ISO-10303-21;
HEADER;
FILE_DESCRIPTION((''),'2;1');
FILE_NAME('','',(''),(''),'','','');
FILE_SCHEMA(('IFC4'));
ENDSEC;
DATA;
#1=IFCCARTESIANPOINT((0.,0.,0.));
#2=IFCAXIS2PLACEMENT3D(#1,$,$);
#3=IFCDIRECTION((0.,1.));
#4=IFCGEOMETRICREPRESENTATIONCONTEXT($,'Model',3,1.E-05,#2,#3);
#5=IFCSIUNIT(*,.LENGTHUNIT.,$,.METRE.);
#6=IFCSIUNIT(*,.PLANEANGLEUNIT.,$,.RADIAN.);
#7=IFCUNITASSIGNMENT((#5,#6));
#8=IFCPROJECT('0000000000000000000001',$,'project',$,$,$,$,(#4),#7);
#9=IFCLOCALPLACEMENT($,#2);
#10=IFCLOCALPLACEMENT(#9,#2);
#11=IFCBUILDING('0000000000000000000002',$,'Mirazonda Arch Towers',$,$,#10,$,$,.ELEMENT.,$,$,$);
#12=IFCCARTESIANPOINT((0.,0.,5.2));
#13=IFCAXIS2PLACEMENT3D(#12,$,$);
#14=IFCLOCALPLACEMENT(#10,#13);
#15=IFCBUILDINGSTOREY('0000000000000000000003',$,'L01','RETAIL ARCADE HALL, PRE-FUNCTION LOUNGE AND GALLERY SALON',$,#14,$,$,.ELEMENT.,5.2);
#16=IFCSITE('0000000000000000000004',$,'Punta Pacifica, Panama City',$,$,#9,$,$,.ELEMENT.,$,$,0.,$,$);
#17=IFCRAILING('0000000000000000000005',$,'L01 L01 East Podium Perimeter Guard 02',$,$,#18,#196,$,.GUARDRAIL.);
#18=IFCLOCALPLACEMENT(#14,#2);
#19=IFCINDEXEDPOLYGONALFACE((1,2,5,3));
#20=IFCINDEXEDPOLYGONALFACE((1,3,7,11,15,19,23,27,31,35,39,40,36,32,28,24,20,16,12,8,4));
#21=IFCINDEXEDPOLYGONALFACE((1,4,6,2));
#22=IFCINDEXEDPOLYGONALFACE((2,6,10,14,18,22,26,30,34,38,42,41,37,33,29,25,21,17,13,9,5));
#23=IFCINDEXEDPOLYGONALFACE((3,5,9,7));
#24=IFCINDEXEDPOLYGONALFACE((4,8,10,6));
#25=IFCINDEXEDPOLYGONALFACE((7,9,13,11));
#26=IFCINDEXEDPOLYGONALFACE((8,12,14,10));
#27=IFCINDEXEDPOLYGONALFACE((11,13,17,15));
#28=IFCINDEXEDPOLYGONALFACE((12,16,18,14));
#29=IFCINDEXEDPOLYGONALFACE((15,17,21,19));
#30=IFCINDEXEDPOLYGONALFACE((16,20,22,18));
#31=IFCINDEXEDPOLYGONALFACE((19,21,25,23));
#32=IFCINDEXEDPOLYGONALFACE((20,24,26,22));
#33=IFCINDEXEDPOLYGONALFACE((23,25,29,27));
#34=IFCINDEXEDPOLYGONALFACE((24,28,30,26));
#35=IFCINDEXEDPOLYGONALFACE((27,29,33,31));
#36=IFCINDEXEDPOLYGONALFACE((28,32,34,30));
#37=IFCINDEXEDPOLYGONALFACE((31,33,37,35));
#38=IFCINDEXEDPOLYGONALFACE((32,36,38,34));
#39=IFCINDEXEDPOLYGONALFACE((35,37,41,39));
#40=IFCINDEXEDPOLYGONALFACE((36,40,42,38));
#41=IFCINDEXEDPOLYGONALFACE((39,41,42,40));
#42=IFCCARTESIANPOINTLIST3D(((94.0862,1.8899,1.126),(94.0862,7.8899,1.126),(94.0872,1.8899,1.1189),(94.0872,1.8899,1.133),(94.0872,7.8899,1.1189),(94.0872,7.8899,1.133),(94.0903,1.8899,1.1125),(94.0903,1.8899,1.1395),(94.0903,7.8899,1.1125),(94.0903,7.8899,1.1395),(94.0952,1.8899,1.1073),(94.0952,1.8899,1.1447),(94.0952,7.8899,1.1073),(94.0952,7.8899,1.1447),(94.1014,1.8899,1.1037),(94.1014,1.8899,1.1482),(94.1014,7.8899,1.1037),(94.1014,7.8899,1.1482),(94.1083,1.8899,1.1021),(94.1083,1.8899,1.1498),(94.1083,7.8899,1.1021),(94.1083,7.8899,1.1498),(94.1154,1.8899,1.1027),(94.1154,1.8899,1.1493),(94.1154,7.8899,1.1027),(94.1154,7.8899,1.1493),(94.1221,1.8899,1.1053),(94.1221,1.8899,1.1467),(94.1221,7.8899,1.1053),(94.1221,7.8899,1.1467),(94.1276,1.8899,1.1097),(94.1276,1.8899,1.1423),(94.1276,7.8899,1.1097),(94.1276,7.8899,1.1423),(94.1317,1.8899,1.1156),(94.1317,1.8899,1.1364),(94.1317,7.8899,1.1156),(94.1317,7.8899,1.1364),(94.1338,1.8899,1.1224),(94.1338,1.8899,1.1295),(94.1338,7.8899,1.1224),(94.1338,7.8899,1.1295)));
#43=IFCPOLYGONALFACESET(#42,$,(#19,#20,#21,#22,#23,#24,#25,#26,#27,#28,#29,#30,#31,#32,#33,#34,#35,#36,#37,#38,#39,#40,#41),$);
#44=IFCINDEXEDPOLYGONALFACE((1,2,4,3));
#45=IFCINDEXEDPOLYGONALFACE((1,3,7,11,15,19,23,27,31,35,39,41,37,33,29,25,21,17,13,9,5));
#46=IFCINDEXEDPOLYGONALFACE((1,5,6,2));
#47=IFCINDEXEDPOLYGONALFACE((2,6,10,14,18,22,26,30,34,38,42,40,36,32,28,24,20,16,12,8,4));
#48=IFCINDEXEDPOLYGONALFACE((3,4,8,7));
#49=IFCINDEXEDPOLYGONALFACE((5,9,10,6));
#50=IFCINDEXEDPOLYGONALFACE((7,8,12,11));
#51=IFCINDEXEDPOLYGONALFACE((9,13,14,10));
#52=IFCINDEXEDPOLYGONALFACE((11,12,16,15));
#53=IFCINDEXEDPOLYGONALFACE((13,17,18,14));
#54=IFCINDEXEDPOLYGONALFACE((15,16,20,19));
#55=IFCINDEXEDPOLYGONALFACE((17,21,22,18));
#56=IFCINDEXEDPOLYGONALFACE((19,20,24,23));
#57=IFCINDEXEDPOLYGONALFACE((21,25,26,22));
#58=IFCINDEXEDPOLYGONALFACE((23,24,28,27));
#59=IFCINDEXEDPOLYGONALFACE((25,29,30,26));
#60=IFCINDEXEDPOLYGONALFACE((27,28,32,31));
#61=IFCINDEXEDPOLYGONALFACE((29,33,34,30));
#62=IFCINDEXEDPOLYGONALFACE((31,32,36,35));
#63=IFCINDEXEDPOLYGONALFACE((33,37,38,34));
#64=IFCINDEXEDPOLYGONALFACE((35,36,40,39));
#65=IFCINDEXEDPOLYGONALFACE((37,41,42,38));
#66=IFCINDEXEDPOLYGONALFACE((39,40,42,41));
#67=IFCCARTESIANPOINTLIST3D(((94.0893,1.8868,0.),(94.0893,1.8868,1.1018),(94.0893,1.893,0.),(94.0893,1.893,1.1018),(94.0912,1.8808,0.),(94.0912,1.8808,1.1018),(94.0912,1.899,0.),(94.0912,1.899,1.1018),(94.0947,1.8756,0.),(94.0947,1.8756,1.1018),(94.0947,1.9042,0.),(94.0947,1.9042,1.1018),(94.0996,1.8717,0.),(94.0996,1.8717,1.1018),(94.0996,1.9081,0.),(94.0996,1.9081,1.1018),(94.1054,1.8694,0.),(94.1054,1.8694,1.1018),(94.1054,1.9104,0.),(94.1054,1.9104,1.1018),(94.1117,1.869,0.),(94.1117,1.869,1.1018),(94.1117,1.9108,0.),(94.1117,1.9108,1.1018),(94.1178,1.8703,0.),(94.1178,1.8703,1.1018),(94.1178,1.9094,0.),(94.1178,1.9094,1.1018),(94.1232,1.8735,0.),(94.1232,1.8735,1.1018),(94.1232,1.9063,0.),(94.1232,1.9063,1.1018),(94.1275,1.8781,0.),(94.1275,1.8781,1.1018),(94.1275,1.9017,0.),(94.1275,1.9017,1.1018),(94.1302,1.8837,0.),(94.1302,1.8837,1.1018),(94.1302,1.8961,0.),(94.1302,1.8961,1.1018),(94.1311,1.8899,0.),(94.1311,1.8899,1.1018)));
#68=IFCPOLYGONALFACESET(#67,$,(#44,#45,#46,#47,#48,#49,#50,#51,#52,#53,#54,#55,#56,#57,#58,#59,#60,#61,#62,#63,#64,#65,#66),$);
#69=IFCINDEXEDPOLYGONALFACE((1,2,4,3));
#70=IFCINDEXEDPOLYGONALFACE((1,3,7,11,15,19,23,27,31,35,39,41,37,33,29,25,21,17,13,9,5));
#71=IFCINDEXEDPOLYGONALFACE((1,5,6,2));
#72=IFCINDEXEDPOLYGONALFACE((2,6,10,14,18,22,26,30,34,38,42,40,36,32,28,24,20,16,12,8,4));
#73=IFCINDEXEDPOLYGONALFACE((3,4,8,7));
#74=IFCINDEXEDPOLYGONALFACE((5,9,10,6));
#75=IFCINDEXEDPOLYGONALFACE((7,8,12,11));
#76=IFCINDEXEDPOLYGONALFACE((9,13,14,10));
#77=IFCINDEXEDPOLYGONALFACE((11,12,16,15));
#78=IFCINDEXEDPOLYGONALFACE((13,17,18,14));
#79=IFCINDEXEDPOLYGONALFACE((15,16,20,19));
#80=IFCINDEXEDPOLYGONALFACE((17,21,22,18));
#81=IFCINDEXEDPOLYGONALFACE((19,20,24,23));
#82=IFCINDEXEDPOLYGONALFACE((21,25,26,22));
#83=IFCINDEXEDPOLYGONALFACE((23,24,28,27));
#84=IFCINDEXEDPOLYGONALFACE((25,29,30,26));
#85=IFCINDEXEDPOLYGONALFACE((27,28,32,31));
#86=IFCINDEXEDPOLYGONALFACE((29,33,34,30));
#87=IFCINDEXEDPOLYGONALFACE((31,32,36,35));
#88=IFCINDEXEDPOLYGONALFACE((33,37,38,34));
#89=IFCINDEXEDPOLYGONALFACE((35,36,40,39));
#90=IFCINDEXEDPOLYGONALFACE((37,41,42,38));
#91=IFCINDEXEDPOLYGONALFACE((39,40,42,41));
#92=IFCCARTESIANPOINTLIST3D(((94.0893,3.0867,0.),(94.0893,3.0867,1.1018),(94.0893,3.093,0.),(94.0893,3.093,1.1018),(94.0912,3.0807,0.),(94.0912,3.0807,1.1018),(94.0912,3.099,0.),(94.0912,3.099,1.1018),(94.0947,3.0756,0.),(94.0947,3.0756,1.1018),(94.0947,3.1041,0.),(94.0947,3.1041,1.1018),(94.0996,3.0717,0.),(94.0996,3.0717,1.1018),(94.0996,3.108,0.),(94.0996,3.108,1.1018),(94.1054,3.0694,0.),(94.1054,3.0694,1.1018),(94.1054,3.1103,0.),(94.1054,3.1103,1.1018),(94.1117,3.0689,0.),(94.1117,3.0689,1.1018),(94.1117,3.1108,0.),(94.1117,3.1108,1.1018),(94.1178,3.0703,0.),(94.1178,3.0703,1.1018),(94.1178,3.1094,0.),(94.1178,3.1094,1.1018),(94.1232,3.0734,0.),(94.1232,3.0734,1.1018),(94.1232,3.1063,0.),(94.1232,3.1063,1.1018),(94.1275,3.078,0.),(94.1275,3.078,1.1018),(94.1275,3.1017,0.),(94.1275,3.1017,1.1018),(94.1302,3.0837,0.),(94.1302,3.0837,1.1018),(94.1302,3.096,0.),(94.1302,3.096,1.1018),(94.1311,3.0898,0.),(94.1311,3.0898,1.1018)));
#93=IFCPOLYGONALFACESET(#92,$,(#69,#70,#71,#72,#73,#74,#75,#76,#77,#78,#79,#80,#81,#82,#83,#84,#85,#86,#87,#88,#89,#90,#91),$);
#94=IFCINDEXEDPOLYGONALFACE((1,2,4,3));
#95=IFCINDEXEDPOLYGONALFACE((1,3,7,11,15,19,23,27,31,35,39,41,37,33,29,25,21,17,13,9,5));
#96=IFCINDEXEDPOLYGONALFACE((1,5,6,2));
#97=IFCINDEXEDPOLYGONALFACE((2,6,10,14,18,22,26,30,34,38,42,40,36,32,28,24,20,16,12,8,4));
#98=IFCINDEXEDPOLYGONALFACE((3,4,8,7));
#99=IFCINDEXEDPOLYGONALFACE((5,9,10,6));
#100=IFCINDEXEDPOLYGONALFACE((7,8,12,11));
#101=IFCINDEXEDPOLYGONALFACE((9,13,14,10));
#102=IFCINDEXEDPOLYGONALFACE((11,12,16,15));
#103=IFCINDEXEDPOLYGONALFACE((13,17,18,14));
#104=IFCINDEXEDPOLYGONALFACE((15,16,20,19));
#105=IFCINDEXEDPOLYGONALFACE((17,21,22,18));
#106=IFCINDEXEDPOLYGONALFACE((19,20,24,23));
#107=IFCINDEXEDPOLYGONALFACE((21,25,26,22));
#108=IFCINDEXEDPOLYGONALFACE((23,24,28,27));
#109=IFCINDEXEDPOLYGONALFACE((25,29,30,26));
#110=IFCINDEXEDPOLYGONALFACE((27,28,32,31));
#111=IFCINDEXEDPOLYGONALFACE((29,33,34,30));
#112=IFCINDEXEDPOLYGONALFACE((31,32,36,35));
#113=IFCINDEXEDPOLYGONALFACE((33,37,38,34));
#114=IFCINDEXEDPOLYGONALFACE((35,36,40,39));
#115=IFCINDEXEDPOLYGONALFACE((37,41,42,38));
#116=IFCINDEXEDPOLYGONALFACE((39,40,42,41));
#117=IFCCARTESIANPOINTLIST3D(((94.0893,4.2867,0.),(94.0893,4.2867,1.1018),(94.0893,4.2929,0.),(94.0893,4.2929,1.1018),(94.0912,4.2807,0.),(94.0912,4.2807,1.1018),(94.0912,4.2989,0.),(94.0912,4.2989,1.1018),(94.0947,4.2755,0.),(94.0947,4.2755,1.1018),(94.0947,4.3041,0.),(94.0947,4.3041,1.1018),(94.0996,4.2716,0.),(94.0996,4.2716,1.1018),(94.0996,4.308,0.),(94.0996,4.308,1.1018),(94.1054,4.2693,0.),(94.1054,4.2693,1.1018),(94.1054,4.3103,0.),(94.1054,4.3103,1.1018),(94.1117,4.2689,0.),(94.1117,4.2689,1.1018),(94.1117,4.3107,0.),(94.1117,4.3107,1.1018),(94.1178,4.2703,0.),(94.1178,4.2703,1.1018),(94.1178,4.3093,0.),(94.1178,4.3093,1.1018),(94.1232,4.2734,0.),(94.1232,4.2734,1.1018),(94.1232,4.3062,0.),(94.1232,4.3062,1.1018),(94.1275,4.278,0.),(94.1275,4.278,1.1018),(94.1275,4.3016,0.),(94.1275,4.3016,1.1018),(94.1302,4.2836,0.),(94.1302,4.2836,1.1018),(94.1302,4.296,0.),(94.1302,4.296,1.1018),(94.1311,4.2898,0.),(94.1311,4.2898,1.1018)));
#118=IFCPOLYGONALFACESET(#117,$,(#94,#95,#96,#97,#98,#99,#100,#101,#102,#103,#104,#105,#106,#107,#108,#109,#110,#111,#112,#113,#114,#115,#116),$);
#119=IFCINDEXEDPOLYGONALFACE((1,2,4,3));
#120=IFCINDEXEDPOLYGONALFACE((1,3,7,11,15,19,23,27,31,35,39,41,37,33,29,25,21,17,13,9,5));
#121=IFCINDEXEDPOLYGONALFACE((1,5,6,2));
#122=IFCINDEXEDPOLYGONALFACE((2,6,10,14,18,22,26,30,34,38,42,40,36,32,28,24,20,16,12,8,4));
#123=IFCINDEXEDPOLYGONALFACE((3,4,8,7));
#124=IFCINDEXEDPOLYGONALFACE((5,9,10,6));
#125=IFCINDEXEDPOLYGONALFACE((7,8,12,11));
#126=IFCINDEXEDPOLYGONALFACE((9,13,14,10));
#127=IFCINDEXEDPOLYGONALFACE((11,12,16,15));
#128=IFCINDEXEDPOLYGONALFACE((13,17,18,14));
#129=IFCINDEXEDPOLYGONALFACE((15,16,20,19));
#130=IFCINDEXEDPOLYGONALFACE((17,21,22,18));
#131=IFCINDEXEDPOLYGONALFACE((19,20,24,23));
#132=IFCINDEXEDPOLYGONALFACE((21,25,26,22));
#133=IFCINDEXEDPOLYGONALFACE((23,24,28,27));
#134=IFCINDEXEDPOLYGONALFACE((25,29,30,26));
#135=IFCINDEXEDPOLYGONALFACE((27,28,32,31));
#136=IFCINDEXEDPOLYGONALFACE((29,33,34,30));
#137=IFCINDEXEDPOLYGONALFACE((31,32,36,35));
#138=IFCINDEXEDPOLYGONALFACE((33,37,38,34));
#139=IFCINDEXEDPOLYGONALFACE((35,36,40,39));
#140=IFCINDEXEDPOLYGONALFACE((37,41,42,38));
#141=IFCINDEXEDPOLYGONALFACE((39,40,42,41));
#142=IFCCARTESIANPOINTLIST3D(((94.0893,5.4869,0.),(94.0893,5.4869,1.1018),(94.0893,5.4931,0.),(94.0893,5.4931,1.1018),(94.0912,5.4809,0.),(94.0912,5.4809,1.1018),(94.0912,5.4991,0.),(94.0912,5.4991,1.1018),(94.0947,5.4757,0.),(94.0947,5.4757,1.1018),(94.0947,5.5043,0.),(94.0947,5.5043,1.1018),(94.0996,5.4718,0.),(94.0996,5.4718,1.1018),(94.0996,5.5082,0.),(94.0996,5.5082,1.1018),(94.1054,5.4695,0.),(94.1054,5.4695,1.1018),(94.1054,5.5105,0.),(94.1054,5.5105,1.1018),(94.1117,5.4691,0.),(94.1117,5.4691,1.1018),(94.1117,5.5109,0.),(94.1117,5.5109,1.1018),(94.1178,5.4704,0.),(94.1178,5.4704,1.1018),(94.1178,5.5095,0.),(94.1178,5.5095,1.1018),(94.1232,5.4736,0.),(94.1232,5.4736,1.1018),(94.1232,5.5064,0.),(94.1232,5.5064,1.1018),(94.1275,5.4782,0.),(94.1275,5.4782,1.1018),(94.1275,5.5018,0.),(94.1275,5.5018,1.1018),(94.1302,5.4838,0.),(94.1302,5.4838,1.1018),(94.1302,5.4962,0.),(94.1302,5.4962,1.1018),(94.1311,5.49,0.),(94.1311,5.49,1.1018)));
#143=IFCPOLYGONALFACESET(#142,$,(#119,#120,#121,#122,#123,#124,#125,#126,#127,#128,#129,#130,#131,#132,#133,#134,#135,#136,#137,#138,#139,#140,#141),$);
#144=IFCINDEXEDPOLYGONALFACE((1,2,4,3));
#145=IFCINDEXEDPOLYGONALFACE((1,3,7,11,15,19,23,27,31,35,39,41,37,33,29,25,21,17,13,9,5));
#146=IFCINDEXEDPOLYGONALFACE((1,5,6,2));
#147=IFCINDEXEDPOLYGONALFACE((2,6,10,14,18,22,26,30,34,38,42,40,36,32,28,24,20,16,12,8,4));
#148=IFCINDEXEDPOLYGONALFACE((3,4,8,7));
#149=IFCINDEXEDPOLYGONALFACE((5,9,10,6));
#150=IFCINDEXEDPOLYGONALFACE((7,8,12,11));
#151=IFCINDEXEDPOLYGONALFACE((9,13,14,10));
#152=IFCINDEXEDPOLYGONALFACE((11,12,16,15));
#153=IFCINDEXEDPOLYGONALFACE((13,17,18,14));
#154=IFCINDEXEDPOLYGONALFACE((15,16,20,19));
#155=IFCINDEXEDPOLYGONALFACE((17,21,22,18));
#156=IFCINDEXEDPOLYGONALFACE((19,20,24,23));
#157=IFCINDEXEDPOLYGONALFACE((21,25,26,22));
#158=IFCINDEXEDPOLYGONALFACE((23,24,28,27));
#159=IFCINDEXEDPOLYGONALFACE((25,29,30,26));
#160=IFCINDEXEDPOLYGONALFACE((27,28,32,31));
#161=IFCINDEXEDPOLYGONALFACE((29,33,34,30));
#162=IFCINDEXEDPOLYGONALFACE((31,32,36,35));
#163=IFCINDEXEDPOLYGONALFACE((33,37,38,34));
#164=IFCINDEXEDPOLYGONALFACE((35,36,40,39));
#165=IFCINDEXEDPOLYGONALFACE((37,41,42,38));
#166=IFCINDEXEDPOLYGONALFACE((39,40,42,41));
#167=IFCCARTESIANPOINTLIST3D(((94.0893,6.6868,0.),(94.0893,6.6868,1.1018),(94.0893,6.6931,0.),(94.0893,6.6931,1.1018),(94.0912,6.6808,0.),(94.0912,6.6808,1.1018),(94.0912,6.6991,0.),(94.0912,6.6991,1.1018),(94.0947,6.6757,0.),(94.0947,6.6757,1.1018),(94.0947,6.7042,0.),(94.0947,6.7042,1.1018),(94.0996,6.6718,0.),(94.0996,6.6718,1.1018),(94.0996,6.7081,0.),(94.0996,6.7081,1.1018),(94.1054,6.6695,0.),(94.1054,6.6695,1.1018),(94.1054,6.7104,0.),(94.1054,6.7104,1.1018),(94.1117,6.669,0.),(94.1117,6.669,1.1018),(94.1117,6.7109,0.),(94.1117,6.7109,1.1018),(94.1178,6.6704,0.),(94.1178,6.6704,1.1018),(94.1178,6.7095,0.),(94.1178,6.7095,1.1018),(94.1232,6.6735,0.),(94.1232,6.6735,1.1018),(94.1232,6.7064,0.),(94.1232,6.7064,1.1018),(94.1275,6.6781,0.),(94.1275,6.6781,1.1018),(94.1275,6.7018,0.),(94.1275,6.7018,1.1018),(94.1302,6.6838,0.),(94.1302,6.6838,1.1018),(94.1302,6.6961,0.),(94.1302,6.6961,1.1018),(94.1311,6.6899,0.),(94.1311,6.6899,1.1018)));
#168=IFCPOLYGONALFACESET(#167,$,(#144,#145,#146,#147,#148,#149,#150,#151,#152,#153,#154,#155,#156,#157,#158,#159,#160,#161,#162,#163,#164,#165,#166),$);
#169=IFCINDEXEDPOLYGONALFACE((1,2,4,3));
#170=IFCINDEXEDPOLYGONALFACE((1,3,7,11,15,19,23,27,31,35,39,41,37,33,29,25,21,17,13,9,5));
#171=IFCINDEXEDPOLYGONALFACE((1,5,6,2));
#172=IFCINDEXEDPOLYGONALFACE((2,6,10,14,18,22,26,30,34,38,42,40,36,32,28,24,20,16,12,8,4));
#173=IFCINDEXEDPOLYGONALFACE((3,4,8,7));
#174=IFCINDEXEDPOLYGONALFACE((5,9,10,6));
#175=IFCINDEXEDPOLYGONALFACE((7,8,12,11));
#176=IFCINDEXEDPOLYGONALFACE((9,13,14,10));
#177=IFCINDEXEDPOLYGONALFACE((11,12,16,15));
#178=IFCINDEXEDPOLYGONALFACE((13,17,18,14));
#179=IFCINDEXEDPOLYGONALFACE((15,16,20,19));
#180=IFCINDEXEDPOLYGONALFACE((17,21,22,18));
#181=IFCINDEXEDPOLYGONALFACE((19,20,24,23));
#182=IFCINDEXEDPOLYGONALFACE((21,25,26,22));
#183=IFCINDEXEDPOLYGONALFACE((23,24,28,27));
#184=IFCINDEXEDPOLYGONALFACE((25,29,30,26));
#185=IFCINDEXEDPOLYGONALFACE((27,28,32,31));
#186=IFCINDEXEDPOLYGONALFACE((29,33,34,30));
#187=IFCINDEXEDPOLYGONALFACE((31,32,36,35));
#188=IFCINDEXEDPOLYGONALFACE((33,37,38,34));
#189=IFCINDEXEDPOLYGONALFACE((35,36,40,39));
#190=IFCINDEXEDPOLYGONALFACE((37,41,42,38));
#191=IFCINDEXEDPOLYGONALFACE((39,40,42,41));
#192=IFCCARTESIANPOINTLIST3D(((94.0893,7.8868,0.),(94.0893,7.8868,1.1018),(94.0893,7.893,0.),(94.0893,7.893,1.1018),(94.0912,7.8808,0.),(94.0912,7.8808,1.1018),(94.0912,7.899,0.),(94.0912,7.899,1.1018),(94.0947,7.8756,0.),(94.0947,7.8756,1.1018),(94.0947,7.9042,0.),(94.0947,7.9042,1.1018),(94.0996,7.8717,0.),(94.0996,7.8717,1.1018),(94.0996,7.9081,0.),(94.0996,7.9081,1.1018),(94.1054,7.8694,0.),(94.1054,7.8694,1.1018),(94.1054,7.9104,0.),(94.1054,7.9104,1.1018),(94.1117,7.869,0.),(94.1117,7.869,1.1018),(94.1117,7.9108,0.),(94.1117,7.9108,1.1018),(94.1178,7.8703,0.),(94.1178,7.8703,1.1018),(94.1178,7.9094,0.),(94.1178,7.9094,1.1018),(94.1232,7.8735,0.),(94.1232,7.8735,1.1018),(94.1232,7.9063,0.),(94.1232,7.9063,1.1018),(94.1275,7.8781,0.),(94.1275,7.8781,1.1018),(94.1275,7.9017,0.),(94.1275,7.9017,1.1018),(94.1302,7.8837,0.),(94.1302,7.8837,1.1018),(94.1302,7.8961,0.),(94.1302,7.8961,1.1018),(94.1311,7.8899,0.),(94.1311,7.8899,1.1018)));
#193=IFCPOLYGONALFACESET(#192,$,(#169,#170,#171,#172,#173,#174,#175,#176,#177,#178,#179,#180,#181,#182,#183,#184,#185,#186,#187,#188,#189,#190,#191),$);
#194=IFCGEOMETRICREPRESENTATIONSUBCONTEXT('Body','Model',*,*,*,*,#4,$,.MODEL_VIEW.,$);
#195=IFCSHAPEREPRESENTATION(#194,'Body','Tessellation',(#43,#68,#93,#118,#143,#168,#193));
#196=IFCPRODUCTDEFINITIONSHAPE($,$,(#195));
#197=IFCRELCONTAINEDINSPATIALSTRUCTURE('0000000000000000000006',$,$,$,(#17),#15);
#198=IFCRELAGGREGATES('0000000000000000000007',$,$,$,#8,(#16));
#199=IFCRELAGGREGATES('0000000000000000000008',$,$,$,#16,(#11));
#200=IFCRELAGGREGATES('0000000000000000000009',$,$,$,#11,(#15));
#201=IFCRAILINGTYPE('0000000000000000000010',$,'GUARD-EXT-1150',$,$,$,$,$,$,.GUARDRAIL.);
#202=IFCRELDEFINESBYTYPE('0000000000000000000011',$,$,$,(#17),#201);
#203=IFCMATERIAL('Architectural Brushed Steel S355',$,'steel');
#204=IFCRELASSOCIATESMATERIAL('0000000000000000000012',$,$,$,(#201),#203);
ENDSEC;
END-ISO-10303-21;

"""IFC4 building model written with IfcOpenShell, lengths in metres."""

from ifc_helpers import new_model, si_unit, direction, frame, origin, origin_2d, place, context, subcontext, project, spatial, circle, extrude, material, type_object, element, save


model = new_model("IFC4")

# Units and contexts
model_context = context("Model", 3, precision=1e-05, world=origin(), true_north=direction((0.0, 1.0)))
body_context = subcontext(model_context, "Body", "Model", "MODEL_VIEW")
ifc_project = project(units=[si_unit("LENGTHUNIT", "METRE"), si_unit("PLANEANGLEUNIT", "RADIAN")], contexts=[model_context])

# Site, building, storey
site_placement = place(None, origin())
site = spatial("IfcSite", under=ifc_project, at=site_placement, Name="Punta Pacifica, Panama City", CompositionType="ELEMENT", RefElevation=0.0)
building_placement = place(site_placement, origin())
building = spatial("IfcBuilding", under=site, at=building_placement, Name="Mirazonda Arch Towers", CompositionType="ELEMENT")
storey_placement = place(building_placement, frame((0.0, 0.0, 5.2)))
storey = spatial("IfcBuildingStorey", under=building, at=storey_placement, Name="L01", Description="RETAIL ARCADE HALL, PRE-FUNCTION LOUNGE AND GALLERY SALON", CompositionType="ELEMENT", Elevation=5.2)

# Railing
ifc_material_1 = material(Name="Architectural Brushed Steel S355", Category="steel")
railing_type = type_object("IfcRailingType", Name="GUARD-EXT-1150", PredefinedType="GUARDRAIL", material=ifc_material_1)
railing_1_placement = place(storey_placement, frame((94.1101, 1.8899, 0.0)))
element("IfcRailing", 1, at=railing_1_placement, inside=storey, type_object=railing_type, Name="L01 L01 East Podium Perimeter Guard 02", PredefinedType="GUARDRAIL", context=body_context, shape_type="SweptSolid", body=[
    extrude(circle(Radius=0.0239, at=origin_2d()), frame((0.0, 0.0, 1.126), z_axis=(0.0, 1.0, 0.0), x_axis=(-1.0, 0.0, 0.0)), (0.0, 0.0, 1.0), 6.0),
    extrude(circle(Radius=0.021, at=origin_2d()), origin(), (0.0, 0.0, 1.0), 1.1018),
    extrude(circle(Radius=0.021, at=origin_2d()), frame((0.0, 1.2, 0.0)), (0.0, 0.0, 1.0), 1.1018),
    extrude(circle(Radius=0.021, at=origin_2d()), frame((0.0, 2.3999, 0.0)), (0.0, 0.0, 1.0), 1.1018),
    extrude(circle(Radius=0.021, at=origin_2d()), frame((0.0, 3.6001, 0.0)), (0.0, 0.0, 1.0), 1.1018),
    extrude(circle(Radius=0.021, at=origin_2d()), frame((0.0, 4.8, 0.0)), (0.0, 0.0, 1.0), 1.1018),
    extrude(circle(Radius=0.021, at=origin_2d()), frame((0.0, 6.0, 0.0)), (0.0, 0.0, 1.0), 1.1018),
])

save(model, "model.ifc")
